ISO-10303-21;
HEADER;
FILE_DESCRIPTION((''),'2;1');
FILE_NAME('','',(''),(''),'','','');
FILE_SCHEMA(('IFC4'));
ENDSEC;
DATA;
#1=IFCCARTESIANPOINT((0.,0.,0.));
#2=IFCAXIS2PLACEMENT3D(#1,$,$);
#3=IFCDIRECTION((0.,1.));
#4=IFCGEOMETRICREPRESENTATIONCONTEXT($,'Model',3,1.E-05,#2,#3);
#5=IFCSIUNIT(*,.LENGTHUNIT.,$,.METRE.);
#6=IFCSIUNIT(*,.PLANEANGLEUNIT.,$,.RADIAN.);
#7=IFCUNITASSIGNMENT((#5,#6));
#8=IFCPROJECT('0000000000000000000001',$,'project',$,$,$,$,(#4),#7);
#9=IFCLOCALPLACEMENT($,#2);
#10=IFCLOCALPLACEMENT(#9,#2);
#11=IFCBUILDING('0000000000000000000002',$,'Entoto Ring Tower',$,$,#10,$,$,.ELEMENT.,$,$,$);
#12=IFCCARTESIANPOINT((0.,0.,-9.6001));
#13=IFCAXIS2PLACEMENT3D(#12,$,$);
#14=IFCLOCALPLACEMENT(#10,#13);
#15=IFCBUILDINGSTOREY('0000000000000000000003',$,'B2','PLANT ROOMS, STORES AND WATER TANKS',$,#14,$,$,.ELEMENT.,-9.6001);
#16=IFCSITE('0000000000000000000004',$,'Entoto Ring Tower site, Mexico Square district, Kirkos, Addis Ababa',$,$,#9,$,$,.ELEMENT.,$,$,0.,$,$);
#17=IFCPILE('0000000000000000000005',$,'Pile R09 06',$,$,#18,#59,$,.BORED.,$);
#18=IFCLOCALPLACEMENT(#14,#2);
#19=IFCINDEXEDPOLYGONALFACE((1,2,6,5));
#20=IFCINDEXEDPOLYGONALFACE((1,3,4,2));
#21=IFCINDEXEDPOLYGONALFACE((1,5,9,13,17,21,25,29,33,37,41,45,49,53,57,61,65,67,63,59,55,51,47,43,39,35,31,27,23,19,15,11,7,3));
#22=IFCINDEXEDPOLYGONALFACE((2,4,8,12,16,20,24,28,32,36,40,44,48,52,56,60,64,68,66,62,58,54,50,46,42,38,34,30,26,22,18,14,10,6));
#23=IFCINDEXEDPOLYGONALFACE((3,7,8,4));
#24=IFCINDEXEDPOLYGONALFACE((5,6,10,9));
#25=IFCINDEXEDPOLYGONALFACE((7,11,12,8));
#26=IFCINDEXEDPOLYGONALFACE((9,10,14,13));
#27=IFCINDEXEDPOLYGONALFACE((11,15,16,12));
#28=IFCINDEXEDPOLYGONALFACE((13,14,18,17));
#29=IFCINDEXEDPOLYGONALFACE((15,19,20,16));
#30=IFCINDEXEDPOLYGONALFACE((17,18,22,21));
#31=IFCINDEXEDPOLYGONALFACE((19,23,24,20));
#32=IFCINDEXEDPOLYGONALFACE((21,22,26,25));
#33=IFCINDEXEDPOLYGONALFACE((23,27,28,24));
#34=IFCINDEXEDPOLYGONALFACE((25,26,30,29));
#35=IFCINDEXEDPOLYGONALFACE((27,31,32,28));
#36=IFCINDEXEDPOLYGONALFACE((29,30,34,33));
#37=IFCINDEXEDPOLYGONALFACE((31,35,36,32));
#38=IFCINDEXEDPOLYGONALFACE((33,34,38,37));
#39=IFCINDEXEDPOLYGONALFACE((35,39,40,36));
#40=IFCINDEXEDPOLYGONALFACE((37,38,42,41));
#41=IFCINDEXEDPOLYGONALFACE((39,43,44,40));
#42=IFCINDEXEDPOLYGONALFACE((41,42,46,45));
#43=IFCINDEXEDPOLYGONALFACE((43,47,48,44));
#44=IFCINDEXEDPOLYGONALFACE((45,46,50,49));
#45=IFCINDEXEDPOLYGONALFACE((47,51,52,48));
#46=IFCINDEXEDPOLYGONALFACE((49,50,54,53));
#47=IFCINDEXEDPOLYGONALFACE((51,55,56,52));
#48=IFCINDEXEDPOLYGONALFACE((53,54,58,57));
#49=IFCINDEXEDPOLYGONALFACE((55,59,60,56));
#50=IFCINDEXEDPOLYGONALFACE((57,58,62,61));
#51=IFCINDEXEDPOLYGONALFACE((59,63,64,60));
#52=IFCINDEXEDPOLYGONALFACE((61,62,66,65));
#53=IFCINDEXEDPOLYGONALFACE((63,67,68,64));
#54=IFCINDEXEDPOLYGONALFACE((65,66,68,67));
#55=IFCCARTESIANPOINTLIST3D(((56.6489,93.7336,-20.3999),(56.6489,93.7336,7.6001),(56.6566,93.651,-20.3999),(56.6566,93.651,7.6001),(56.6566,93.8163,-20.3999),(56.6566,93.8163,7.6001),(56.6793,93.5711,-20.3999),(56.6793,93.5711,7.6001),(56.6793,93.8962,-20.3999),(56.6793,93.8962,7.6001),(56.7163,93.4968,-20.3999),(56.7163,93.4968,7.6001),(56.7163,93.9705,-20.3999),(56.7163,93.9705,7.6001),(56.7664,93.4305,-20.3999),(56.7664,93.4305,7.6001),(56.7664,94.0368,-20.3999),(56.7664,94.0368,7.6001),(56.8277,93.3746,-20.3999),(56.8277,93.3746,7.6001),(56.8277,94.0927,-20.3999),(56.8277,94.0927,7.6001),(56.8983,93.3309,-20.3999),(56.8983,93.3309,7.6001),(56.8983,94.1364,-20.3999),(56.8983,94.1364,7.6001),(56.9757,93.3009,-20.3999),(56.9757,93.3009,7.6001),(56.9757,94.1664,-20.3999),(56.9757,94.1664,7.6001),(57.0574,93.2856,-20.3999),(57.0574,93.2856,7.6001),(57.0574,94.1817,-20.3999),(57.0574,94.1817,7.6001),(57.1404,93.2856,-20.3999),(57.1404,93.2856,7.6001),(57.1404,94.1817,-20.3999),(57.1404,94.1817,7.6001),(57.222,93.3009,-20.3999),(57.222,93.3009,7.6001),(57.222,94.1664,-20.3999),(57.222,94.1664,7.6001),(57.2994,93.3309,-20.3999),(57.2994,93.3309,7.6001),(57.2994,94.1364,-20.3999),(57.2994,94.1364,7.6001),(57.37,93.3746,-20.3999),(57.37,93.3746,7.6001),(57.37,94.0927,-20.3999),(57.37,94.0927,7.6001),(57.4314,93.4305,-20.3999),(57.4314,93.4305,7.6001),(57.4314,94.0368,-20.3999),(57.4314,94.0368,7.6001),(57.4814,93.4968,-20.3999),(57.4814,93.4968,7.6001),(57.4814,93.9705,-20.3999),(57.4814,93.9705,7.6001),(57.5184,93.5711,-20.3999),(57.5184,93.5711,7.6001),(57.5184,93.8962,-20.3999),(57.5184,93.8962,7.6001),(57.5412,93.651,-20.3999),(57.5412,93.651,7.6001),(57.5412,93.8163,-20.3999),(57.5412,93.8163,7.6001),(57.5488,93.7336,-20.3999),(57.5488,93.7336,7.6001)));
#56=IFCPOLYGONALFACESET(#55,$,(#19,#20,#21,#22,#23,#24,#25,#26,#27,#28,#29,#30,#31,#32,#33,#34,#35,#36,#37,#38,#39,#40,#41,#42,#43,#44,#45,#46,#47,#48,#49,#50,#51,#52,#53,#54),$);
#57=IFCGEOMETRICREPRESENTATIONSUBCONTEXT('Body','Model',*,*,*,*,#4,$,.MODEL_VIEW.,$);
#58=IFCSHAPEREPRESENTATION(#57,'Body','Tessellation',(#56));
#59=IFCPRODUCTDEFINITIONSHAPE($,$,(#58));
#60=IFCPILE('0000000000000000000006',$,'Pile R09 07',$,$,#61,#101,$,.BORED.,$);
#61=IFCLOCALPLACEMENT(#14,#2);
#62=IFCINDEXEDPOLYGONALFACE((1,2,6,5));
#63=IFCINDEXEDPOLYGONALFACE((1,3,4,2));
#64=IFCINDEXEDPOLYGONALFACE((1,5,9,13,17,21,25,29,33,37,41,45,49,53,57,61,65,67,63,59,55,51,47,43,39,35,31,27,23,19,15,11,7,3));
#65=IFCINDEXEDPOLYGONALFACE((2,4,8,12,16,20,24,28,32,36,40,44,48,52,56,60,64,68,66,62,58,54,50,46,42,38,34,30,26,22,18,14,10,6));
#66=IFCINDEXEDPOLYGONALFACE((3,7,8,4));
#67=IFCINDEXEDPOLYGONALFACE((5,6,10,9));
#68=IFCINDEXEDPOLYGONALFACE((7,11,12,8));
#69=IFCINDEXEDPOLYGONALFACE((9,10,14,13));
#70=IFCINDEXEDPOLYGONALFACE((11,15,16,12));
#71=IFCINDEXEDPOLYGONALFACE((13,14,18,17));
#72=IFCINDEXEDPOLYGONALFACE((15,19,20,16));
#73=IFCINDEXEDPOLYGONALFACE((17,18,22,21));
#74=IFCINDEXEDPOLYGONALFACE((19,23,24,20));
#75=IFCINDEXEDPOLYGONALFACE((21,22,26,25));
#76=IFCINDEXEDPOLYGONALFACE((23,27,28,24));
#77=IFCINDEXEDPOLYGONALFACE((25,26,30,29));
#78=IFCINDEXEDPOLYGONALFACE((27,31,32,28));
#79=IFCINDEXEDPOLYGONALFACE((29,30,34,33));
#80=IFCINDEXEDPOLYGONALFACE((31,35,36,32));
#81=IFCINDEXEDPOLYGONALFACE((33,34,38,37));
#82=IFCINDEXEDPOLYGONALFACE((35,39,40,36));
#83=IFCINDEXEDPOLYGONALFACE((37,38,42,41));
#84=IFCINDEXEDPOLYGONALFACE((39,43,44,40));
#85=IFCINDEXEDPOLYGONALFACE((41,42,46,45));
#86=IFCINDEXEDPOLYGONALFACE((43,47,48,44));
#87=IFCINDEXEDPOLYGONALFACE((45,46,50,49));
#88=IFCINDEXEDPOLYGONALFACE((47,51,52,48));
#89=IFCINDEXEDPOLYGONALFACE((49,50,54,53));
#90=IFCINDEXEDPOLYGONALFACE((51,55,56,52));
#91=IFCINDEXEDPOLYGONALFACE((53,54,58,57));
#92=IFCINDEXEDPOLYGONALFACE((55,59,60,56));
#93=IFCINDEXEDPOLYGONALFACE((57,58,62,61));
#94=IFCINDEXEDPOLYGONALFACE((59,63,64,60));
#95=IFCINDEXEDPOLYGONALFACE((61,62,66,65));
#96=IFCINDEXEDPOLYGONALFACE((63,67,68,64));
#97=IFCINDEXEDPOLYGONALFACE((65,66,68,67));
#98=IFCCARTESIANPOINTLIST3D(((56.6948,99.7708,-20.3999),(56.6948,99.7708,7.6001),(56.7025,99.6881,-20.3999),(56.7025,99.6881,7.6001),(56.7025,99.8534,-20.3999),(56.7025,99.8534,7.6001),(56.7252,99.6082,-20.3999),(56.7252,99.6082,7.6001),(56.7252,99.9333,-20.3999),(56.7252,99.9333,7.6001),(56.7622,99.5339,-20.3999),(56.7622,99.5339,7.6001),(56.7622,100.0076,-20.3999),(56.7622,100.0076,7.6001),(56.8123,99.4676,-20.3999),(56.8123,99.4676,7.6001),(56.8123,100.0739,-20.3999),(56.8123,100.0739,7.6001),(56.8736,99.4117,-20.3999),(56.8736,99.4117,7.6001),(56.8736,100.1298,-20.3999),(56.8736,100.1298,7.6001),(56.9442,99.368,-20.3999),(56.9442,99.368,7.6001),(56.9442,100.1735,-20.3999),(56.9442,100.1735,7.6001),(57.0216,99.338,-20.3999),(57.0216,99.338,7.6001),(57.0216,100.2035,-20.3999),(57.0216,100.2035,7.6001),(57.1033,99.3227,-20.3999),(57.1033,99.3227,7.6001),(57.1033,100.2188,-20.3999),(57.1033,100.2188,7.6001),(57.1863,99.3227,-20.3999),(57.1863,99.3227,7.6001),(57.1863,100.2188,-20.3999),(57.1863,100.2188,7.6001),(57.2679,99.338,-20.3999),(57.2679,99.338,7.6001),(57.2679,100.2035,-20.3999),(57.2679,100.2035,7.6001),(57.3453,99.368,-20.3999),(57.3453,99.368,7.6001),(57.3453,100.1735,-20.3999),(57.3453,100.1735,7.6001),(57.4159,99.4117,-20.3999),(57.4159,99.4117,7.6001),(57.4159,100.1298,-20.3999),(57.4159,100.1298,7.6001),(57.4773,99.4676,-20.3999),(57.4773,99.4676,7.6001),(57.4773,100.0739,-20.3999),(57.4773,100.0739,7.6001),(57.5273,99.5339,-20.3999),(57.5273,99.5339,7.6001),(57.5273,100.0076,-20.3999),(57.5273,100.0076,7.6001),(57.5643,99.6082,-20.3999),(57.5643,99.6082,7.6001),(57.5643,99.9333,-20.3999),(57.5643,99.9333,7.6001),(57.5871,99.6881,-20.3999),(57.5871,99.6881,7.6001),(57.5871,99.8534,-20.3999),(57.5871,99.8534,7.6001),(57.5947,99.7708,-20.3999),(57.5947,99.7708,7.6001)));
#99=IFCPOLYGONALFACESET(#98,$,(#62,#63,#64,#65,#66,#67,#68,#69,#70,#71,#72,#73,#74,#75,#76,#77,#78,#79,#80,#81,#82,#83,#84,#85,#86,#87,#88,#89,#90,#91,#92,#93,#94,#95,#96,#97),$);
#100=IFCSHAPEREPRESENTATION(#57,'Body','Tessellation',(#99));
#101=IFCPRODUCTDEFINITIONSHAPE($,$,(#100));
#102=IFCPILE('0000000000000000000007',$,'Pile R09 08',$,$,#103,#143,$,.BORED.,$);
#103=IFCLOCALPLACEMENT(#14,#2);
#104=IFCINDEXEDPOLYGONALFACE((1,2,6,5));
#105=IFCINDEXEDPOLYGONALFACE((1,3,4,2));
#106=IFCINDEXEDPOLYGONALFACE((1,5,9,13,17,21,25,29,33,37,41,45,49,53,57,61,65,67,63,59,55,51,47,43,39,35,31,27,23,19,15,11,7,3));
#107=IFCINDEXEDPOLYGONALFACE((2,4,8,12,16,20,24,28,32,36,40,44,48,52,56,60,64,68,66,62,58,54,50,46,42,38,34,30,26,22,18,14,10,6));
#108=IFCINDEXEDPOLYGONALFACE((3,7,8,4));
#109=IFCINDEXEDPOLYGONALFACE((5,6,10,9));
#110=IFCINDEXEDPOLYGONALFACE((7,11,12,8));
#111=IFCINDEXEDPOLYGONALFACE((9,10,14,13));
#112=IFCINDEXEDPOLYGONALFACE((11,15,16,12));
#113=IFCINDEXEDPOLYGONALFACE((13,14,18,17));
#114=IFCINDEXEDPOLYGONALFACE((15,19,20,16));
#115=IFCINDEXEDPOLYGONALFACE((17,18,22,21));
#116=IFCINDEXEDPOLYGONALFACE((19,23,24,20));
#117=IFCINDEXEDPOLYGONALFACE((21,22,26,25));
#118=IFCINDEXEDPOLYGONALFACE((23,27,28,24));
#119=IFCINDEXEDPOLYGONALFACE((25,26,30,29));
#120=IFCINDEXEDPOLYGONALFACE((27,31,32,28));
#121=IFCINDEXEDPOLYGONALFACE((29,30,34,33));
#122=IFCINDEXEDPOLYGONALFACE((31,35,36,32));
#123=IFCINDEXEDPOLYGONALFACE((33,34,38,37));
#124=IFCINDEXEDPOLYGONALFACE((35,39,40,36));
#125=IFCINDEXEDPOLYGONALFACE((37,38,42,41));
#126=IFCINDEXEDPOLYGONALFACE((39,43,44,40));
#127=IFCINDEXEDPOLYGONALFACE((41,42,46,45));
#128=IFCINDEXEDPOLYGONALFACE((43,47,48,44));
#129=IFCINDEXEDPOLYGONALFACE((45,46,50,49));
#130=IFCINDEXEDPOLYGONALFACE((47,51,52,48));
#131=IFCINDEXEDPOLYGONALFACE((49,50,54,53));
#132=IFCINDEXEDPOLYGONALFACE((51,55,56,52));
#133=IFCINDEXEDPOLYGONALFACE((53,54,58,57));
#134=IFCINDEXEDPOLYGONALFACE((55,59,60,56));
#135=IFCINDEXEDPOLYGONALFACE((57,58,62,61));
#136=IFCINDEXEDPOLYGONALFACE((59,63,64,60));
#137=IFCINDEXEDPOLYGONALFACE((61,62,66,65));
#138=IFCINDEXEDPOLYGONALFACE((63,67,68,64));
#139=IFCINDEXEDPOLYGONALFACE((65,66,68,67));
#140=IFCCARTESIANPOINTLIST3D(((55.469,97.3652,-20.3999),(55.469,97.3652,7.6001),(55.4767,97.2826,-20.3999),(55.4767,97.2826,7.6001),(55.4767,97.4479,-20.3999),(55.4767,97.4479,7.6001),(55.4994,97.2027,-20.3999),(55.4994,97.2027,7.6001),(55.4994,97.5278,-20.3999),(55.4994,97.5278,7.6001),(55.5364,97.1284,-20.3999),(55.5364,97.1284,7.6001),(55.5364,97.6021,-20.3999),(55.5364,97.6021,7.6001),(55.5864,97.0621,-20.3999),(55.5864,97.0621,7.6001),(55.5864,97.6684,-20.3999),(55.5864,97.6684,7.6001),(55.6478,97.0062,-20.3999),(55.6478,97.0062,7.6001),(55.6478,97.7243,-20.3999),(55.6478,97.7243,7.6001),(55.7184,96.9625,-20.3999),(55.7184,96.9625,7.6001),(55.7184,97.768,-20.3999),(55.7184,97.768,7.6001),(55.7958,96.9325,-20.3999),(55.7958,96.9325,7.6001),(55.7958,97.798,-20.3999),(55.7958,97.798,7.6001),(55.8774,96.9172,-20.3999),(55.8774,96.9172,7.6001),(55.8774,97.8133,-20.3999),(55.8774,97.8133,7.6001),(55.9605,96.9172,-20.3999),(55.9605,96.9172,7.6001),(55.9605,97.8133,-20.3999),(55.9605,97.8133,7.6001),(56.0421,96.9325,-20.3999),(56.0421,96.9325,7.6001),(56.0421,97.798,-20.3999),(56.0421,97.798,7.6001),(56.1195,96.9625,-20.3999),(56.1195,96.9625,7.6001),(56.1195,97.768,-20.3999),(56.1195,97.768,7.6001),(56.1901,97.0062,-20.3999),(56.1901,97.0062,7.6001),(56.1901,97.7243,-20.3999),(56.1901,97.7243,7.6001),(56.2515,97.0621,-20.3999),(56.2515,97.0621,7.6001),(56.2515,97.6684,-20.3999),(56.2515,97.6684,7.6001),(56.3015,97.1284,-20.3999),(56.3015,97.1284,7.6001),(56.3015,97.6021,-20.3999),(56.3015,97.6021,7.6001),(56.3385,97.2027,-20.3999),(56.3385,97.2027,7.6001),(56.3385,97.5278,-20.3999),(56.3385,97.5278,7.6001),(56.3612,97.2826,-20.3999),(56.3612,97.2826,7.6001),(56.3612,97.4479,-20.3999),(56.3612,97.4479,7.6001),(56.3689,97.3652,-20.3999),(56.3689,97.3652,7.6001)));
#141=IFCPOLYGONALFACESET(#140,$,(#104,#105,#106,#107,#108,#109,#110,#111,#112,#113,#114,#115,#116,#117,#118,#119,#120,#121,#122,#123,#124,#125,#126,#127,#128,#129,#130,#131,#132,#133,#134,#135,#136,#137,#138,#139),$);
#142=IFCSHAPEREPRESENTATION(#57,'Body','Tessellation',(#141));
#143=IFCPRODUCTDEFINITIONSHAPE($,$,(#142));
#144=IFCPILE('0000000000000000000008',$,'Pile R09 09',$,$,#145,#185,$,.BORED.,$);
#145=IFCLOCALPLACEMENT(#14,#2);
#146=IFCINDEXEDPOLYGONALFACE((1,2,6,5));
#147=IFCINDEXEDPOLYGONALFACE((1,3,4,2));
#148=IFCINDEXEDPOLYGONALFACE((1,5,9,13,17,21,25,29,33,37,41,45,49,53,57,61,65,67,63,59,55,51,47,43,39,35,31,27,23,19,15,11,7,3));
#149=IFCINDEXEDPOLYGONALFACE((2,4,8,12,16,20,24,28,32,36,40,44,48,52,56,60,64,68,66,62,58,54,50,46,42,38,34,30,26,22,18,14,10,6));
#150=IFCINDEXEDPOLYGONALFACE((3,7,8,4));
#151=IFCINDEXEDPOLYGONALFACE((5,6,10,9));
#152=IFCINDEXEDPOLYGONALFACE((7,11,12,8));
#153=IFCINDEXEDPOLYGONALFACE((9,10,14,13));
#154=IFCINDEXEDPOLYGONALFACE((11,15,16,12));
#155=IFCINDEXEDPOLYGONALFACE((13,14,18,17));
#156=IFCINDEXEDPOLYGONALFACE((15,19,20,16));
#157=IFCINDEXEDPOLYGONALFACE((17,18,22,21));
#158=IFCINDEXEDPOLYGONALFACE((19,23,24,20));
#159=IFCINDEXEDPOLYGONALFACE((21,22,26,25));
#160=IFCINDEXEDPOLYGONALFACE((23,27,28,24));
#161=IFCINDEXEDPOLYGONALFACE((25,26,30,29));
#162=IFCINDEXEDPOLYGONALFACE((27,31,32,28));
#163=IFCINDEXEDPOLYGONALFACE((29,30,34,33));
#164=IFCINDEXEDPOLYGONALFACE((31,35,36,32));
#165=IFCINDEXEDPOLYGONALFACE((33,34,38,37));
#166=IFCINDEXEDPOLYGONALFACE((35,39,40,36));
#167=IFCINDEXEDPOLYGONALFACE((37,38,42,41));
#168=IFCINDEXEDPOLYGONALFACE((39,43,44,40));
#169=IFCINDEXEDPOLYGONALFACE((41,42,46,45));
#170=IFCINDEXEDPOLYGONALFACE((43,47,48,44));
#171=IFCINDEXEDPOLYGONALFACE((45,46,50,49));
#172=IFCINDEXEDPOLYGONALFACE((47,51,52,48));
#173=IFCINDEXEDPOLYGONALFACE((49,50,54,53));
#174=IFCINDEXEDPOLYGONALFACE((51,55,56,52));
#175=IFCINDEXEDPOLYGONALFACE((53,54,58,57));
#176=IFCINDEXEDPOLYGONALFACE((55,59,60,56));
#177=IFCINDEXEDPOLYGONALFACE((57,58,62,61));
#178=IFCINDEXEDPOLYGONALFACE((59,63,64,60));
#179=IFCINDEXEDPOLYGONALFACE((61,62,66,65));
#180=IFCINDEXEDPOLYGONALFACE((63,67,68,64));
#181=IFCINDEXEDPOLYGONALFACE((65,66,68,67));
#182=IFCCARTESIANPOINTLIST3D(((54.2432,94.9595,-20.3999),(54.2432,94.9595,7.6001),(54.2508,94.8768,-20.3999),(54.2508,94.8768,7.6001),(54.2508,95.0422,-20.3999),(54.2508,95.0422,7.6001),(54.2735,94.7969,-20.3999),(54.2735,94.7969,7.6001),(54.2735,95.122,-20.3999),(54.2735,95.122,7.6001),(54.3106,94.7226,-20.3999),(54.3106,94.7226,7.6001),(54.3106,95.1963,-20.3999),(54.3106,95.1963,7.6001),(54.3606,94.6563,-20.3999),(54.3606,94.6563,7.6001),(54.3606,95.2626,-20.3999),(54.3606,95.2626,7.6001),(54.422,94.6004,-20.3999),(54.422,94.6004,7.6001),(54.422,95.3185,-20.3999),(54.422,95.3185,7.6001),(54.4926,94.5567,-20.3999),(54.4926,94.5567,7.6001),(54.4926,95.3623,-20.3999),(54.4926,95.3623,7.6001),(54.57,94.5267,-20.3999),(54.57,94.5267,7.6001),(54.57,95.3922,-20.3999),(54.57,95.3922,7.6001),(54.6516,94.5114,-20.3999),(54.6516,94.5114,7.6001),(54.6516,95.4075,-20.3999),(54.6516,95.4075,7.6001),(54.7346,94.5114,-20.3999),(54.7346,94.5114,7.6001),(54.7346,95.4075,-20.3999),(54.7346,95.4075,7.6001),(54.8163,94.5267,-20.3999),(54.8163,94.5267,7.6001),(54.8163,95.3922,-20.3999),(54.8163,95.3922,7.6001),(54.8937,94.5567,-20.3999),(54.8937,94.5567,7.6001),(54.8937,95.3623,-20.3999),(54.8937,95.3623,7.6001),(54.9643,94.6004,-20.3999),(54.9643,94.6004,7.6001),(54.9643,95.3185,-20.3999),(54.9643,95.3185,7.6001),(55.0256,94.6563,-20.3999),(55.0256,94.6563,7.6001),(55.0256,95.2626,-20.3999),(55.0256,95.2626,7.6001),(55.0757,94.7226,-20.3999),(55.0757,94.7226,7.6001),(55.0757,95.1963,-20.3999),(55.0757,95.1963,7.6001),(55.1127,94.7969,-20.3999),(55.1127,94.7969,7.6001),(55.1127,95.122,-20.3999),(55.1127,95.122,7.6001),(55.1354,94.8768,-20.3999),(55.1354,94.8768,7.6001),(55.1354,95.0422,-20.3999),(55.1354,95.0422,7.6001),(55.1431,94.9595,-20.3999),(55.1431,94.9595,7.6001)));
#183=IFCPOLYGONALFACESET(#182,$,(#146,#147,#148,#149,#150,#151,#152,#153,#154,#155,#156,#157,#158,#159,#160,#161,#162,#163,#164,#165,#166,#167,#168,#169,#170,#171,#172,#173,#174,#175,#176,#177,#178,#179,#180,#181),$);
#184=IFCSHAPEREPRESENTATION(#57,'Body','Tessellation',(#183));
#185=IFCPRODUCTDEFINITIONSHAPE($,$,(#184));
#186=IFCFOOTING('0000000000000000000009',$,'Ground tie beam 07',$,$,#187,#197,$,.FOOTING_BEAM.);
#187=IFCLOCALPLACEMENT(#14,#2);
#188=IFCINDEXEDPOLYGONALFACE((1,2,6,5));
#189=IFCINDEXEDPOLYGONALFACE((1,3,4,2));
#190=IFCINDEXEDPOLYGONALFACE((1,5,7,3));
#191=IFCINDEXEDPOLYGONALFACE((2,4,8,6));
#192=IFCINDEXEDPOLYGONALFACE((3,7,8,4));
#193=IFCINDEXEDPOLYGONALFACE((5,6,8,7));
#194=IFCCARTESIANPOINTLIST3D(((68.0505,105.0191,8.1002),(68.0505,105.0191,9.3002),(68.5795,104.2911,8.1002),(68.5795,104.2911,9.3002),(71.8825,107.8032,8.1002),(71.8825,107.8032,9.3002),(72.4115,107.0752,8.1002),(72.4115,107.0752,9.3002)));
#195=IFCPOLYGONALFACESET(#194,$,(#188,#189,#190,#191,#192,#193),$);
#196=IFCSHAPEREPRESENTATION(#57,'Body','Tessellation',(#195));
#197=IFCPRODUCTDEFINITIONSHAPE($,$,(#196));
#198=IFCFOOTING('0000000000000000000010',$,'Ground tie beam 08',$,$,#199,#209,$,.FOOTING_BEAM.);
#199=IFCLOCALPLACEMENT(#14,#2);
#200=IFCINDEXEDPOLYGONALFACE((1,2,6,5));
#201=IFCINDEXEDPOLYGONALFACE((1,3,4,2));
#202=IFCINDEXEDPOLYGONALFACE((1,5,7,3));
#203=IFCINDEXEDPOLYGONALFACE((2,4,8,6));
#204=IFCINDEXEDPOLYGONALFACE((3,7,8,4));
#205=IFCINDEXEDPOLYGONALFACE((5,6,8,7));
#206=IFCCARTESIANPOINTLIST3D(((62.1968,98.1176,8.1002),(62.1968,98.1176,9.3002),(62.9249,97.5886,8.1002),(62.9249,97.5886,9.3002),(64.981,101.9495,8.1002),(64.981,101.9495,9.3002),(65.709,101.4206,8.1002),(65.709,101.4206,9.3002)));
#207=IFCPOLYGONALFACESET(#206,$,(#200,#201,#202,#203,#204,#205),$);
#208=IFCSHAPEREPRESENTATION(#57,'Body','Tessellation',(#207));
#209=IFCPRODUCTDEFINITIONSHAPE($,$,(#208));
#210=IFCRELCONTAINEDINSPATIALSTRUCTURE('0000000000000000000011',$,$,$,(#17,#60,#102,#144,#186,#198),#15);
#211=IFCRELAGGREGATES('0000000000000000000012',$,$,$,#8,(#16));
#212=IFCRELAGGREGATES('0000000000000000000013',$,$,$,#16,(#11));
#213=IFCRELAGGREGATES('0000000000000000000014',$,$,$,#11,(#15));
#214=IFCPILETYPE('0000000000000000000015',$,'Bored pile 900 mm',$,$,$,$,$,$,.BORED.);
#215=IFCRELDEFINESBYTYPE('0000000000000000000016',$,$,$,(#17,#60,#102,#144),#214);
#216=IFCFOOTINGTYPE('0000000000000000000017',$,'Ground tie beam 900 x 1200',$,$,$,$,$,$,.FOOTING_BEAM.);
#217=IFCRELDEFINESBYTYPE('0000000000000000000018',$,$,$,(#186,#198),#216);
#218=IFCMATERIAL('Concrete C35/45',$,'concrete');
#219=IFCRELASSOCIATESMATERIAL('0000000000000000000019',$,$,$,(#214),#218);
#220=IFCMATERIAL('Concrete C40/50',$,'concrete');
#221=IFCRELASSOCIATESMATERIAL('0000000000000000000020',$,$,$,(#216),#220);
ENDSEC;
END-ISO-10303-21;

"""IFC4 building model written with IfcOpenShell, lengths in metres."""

from ifc_helpers import new_model, si_unit, direction, frame, origin, origin_2d, place, context, subcontext, project, spatial, rectangle, circle, extrude, material, material_profile, profile_set, type_object, element, save


model = new_model("IFC4")

# Units and contexts
model_context = context("Model", 3, precision=1e-05, world=origin(), true_north=direction((0.0, 1.0)))
body_context = subcontext(model_context, "Body", "Model", "MODEL_VIEW")
ifc_project = project(units=[si_unit("LENGTHUNIT", "METRE"), si_unit("PLANEANGLEUNIT", "RADIAN")], contexts=[model_context])

# Site, building, storey
site_placement = place(None, origin())
site = spatial("IfcSite", under=ifc_project, at=site_placement, Name="Entoto Ring Tower site, Mexico Square district, Kirkos, Addis Ababa", CompositionType="ELEMENT", RefElevation=0.0)
building_placement = place(site_placement, origin())
building = spatial("IfcBuilding", under=site, at=building_placement, Name="Entoto Ring Tower", CompositionType="ELEMENT")
storey_placement = place(building_placement, frame((0.0, 0.0, -9.6001)))
storey = spatial("IfcBuildingStorey", under=building, at=storey_placement, Name="B2", Description="PLANT ROOMS, STORES AND WATER TANKS", CompositionType="ELEMENT", Elevation=-9.6001)

# Piles
ifc_material_1 = material(Name="Concrete C35/45", Category="concrete")
ifc_material_profile_1 = material_profile(ifc_material_1, circle(Radius=0.45, at=origin_2d()), Name="Bored pile 900 mm")
ifc_profile_set_1 = profile_set([ifc_material_profile_1], Name="Concrete C35/45")
pile_type = type_object("IfcPileType", Name="Bored pile 900 mm", PredefinedType="BORED", material=ifc_profile_set_1)
for number, where, z_axis, x_axis, name in (
    (1, (57.0989, 93.7336, 7.6001), (0.0, 0.0, -1.0), (1.0, 0.0, 0.0), "Pile R09 06"),
    (2, (57.1448, 99.7708, 7.6001), (0.0, 0.0, -1.0), (1.0, 0.0, 0.0), "Pile R09 07"),
    (3, (55.9189, 97.3652, 7.6001), (0.0, 0.0, -1.0), (1.0, 0.0, 0.0), "Pile R09 08"),
    (4, (54.6931, 94.9595, 7.6001), (0.0, 0.0, -1.0), (1.0, 0.0, 0.0), "Pile R09 09"),
):
    element("IfcPile", number, at=place(storey_placement, frame(where, z_axis=z_axis, x_axis=x_axis)), inside=storey, type_object=pile_type, Name=name, PredefinedType="BORED", context=body_context, shape_type="SweptSolid", body=[
        extrude(circle(Radius=0.45, at=origin_2d()), origin(), (0.0, 0.0, 1.0), 28.0),
    ])

# Footings
ifc_material_2 = material(Name="Concrete C40/50", Category="concrete")
ifc_material_profile_2 = material_profile(ifc_material_2, rectangle(XDim=0.8999, YDim=1.2, at=origin_2d()), Name="Ground tie beam 900 x 1200")
ifc_profile_set_2 = profile_set([ifc_material_profile_2], Name="Concrete C40/50")
footing_type_1 = type_object("IfcFootingType", Name="Ground tie beam 900 x 1200", PredefinedType="FOOTING_BEAM", material=ifc_profile_set_2)
for number, where, z_axis, x_axis, name in (
    (5, (72.147, 107.4392, 8.7002), (-0.809012, -0.587792, 0.0), (0.587792, -0.809012, 0.0), "Ground tie beam 07"),
    (6, (65.345, 101.6851, 8.7002), (-0.587792, -0.809012, 0.0), (0.809012, -0.587792, 0.0), "Ground tie beam 08"),
):
    element("IfcFooting", number, at=place(storey_placement, frame(where, z_axis=z_axis, x_axis=x_axis)), inside=storey, type_object=footing_type_1, Name=name, PredefinedType="FOOTING_BEAM", context=body_context, shape_type="SweptSolid", body=[
        extrude(rectangle(XDim=0.8999, YDim=1.2, at=origin_2d()), origin(), (0.0, 0.0, 1.0), 4.7366),
    ])

save(model, "model.ifc")
